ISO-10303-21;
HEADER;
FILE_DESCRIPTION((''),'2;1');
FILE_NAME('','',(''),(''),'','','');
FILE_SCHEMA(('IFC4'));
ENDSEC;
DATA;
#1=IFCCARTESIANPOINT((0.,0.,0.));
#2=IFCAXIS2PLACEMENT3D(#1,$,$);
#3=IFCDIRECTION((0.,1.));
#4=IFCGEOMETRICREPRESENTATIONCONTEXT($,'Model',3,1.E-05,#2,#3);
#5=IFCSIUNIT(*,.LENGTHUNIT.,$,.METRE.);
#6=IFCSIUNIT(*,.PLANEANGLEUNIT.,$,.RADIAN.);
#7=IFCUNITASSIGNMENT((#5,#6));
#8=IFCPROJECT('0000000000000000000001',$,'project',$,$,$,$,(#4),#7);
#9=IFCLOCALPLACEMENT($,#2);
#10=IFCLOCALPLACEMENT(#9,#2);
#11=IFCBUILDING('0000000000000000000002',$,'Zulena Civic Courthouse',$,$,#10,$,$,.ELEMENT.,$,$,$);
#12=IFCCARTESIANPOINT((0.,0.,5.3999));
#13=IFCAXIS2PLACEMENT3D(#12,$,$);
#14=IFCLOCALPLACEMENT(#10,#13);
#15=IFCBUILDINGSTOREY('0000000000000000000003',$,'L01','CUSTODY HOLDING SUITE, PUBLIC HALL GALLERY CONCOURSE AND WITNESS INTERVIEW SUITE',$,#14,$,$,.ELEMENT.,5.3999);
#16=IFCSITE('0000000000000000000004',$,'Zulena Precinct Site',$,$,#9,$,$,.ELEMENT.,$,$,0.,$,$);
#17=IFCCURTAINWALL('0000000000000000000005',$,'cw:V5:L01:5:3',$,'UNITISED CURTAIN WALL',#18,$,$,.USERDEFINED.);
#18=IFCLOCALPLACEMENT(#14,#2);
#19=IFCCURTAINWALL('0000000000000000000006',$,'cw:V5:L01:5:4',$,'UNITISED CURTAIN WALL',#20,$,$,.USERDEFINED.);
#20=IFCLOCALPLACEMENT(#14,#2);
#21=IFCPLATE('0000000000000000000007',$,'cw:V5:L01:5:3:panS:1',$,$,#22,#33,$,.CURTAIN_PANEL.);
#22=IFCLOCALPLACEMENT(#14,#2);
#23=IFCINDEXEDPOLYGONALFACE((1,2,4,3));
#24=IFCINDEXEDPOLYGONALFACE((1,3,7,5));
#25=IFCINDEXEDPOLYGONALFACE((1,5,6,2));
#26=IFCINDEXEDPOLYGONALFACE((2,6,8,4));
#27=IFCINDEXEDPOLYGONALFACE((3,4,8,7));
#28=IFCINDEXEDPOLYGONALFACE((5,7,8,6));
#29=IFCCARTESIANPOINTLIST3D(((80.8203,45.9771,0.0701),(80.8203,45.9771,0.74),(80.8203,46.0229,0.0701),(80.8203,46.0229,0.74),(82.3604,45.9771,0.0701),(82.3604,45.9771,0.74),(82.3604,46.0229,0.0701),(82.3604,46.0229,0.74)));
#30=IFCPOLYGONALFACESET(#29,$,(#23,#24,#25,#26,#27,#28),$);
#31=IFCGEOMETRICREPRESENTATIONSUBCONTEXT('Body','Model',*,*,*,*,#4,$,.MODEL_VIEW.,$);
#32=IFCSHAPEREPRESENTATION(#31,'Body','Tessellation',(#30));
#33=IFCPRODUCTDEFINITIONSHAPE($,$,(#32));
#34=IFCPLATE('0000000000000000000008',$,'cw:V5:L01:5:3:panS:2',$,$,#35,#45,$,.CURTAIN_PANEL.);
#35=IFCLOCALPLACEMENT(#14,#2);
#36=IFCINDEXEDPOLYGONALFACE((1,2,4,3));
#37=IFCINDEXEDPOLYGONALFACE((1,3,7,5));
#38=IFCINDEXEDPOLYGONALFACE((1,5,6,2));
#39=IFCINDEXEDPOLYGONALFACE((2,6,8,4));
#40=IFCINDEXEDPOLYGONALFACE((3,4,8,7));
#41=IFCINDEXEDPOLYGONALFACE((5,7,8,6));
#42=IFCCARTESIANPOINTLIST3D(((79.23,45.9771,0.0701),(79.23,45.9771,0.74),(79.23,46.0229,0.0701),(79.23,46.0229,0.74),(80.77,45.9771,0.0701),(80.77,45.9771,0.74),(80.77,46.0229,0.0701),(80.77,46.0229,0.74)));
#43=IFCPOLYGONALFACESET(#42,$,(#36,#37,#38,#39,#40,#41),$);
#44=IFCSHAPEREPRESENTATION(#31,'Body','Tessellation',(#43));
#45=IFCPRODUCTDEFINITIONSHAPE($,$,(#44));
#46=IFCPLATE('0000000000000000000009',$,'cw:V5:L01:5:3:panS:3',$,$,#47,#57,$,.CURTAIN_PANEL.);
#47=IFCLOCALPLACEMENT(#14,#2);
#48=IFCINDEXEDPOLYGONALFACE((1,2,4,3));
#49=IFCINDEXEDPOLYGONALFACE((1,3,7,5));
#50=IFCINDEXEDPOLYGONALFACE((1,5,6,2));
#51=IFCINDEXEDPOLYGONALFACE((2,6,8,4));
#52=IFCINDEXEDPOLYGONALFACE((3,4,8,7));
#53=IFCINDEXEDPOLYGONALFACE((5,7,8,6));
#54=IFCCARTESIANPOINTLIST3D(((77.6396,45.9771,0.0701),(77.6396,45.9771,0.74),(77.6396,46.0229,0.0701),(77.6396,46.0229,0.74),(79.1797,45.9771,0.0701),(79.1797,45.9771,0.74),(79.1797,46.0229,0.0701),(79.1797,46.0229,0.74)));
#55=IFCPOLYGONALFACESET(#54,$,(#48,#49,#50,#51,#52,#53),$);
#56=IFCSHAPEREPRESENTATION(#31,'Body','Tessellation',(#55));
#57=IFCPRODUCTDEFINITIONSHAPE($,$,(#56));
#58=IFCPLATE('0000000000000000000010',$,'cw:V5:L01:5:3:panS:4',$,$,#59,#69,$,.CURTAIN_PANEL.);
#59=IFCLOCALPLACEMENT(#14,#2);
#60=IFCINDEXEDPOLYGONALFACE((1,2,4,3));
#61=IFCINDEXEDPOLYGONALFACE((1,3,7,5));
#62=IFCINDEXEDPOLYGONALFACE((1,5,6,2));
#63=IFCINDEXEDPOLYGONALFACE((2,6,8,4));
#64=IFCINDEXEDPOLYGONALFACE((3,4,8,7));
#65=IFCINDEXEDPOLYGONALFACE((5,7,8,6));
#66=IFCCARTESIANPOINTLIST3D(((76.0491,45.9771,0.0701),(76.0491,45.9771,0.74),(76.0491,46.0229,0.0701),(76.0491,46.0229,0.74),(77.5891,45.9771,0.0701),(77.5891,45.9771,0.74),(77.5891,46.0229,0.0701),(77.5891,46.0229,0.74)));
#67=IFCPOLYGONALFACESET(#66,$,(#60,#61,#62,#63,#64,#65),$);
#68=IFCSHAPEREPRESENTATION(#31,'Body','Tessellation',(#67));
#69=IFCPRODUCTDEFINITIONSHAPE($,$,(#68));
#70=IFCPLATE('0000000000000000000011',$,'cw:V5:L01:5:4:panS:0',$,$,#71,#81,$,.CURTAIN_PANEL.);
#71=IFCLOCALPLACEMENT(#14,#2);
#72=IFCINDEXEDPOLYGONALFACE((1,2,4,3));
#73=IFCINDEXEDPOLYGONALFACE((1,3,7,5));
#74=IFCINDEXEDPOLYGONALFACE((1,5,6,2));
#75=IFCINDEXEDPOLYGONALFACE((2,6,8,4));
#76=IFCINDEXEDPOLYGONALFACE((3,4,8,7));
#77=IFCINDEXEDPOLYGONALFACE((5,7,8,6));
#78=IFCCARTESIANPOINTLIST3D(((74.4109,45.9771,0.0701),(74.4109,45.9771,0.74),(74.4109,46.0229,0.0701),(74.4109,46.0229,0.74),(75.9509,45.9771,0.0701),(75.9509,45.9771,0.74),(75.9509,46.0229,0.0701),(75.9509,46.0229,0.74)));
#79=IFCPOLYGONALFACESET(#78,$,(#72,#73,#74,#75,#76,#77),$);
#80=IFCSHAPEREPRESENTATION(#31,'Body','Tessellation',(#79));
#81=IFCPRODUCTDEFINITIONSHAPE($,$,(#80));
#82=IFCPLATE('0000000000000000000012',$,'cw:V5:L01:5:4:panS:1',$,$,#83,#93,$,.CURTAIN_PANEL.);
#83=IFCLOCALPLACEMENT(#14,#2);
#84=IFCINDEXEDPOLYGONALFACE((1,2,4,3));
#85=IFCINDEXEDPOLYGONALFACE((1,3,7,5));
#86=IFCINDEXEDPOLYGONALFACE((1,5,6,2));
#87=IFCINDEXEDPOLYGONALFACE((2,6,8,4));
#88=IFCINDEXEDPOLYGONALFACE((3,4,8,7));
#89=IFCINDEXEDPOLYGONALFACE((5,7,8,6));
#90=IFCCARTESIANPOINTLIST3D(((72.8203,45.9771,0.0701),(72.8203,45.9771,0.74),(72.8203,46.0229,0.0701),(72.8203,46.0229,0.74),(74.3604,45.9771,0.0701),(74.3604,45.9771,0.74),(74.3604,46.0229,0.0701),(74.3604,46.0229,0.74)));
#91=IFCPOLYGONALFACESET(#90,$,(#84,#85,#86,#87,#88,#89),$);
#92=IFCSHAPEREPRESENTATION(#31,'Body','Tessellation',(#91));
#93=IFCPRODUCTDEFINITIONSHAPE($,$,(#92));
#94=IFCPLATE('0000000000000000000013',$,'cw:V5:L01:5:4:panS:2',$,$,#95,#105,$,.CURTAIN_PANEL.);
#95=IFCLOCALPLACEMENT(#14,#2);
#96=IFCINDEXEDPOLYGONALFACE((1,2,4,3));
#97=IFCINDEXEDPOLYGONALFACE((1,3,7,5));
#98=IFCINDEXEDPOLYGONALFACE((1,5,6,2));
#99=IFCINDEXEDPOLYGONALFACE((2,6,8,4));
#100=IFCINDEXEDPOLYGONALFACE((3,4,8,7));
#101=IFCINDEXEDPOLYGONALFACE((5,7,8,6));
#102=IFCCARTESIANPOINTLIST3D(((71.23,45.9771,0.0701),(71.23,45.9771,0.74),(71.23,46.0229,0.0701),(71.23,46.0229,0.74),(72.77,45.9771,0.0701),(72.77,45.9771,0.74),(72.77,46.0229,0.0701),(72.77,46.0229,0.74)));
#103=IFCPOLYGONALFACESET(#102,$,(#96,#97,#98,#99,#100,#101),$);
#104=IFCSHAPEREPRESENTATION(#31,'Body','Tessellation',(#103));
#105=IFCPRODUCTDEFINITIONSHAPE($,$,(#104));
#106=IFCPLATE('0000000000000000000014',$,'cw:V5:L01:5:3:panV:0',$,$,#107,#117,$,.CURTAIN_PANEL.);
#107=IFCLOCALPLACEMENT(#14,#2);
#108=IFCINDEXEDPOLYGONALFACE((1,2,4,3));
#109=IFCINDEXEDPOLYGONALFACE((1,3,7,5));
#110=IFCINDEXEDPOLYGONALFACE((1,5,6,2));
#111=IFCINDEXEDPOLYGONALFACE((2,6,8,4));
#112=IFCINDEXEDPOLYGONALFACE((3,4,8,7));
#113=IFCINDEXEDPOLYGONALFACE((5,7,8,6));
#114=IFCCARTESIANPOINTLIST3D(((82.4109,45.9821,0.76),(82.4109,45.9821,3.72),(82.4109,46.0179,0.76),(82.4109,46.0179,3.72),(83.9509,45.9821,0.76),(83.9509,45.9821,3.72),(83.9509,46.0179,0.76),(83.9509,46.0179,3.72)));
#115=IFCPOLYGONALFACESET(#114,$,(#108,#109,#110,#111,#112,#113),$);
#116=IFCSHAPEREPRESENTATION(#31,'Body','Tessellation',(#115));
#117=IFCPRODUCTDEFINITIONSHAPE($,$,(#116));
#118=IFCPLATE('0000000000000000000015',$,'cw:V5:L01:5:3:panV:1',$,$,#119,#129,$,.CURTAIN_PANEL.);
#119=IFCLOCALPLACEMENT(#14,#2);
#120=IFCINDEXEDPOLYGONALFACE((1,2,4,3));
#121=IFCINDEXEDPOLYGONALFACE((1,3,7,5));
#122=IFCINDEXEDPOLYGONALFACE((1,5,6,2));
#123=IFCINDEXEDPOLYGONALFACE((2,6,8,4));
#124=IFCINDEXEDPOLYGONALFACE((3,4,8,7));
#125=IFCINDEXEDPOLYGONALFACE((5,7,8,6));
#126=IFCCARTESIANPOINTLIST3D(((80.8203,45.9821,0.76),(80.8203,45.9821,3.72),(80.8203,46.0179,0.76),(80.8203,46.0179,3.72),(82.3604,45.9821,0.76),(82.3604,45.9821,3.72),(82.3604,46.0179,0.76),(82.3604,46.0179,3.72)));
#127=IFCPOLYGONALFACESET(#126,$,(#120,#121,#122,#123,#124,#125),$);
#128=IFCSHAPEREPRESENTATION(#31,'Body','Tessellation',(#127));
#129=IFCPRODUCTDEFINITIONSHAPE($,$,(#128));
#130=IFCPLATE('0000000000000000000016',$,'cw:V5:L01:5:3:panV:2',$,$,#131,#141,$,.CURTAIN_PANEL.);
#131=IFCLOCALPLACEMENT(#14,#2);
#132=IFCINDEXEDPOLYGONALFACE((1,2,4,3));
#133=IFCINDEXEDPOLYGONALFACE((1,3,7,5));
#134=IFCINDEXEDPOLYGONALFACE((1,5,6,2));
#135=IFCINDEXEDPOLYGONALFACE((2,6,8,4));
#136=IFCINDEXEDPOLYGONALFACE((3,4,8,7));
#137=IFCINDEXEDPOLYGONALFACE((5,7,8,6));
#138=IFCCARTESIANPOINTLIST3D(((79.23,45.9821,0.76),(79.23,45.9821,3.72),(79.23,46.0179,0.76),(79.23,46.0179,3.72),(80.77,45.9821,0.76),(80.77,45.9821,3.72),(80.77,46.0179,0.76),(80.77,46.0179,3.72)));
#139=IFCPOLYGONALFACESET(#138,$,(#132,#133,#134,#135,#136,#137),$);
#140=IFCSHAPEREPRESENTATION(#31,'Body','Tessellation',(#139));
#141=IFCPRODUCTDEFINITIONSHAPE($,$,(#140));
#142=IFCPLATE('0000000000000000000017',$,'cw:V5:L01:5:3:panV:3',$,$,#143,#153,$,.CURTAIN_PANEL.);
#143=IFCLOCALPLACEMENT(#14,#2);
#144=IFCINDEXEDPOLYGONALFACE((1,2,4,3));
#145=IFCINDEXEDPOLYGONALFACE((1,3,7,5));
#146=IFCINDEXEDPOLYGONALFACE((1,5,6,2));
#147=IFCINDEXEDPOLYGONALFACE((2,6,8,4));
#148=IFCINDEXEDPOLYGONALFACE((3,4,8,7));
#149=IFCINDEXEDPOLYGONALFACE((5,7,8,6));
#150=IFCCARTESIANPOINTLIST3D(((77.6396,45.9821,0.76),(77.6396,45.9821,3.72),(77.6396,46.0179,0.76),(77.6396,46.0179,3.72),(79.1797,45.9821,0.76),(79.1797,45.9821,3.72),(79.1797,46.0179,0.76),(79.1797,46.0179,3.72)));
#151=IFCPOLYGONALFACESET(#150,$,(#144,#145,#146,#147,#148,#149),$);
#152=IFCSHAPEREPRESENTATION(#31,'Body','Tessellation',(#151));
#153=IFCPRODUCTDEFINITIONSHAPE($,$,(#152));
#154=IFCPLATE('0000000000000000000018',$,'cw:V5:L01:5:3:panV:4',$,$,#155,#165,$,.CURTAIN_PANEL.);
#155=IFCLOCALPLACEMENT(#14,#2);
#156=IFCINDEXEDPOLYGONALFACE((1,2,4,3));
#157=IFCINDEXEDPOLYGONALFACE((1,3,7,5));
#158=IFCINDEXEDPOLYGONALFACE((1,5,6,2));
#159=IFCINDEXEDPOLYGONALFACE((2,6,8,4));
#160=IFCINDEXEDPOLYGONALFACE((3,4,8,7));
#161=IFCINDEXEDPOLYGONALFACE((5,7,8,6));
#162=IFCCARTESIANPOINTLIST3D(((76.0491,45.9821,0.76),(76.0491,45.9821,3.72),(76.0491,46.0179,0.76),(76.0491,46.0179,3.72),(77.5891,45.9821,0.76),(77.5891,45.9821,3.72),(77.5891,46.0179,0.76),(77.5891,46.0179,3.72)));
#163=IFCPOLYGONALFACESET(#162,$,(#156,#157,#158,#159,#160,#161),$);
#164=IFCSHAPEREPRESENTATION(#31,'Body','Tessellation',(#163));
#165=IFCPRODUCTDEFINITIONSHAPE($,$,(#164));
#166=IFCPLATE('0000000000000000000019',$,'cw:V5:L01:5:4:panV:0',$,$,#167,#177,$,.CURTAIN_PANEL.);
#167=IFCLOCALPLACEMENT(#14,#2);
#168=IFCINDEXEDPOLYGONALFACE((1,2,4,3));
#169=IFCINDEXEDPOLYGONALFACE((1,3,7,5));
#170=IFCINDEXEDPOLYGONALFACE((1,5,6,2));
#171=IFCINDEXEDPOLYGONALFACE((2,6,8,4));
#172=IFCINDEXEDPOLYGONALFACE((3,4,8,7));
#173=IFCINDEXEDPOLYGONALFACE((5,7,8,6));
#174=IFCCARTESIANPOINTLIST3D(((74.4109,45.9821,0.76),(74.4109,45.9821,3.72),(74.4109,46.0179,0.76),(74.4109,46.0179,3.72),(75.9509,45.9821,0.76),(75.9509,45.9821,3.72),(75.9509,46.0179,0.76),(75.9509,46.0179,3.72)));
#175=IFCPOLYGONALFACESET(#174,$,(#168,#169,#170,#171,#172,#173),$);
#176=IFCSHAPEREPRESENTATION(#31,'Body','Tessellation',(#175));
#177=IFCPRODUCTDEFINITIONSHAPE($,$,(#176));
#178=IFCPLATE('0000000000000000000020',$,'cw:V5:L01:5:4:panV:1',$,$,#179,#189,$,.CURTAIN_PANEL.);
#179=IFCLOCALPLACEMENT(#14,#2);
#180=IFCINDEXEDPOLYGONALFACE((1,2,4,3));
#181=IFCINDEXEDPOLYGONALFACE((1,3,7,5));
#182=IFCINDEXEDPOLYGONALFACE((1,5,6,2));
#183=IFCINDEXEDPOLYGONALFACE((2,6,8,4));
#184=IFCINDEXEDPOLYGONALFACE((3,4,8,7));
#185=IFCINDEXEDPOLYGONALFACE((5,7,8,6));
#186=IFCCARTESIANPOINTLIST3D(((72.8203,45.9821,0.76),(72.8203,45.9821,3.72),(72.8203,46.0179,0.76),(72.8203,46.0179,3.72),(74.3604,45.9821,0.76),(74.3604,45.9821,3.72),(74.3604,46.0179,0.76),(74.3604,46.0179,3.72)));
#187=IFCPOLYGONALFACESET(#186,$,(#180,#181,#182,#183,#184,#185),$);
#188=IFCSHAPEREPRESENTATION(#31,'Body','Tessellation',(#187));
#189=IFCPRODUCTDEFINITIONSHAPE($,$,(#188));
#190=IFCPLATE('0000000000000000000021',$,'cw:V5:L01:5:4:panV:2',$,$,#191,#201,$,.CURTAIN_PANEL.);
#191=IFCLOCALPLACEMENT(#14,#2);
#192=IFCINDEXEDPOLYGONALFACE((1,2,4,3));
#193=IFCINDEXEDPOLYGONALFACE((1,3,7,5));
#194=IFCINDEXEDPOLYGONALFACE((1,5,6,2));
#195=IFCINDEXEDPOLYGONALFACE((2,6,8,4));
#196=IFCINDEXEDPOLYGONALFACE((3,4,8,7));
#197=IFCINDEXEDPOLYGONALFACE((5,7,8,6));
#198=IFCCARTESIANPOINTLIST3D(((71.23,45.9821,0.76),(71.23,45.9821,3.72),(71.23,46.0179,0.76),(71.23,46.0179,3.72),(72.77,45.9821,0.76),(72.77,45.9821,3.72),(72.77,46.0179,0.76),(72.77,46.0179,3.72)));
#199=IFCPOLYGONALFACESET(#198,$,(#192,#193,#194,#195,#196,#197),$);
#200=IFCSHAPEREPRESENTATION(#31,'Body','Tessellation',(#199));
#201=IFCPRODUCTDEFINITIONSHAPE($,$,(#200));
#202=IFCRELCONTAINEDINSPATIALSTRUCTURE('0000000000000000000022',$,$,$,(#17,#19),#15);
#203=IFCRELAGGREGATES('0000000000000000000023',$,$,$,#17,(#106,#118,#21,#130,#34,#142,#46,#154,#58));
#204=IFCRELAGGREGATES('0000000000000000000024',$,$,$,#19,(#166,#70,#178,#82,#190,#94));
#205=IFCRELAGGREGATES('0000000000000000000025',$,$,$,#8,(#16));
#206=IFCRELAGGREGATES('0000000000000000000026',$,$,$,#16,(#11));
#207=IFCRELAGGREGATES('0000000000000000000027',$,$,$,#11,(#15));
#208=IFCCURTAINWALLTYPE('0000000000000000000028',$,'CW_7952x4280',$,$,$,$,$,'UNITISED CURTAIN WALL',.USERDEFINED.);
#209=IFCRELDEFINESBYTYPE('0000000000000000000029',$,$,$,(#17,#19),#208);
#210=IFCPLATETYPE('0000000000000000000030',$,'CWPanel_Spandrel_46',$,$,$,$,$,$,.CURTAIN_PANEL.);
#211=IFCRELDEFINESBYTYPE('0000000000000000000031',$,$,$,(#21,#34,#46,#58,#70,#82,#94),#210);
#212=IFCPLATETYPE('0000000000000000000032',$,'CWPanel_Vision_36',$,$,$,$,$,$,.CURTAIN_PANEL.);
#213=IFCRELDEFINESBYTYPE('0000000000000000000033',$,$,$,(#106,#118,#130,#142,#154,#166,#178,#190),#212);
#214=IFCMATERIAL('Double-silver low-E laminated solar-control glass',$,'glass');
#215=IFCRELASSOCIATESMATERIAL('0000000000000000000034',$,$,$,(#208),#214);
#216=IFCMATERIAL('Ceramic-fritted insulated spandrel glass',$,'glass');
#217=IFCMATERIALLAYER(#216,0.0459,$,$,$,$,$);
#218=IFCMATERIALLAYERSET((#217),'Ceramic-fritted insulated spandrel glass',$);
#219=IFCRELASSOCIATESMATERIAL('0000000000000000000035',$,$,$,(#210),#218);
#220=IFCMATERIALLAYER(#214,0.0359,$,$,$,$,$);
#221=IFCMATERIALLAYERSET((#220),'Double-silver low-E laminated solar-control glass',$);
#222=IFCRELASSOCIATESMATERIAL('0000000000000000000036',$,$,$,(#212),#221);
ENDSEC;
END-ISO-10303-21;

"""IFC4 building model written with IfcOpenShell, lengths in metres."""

from ifc_helpers import new_model, si_unit, direction, frame, origin, origin_2d, place, context, subcontext, project, spatial, rectangle, extrude, material, layer, layer_set, type_object, element, aggregate, save


model = new_model("IFC4")

# Units and contexts
model_context = context("Model", 3, precision=1e-05, world=origin(), true_north=direction((0.0, 1.0)))
body_context = subcontext(model_context, "Body", "Model", "MODEL_VIEW")
ifc_project = project(units=[si_unit("LENGTHUNIT", "METRE"), si_unit("PLANEANGLEUNIT", "RADIAN")], contexts=[model_context])

# Site, building, storey
site_placement = place(None, origin())
site = spatial("IfcSite", under=ifc_project, at=site_placement, Name="Zulena Precinct Site", CompositionType="ELEMENT", RefElevation=0.0)
building_placement = place(site_placement, origin())
building = spatial("IfcBuilding", under=site, at=building_placement, Name="Zulena Civic Courthouse", CompositionType="ELEMENT")
storey_placement = place(building_placement, frame((0.0, 0.0, 5.3999)))
storey = spatial("IfcBuildingStorey", under=building, at=storey_placement, Name="L01", Description="CUSTODY HOLDING SUITE, PUBLIC HALL GALLERY CONCOURSE AND WITNESS INTERVIEW SUITE", CompositionType="ELEMENT", Elevation=5.3999)

# Curtain walls
ifc_material_1 = material(Name="Double-silver low-E laminated solar-control glass", Category="glass")
curtain_wall_type = type_object("IfcCurtainWallType", Name="CW_7952x4280", ElementType="UNITISED CURTAIN WALL", PredefinedType="USERDEFINED", material=ifc_material_1)
curtain_wall_1_placement = place(storey_placement, origin())
curtain_wall_1 = element("IfcCurtainWall", 1, at=curtain_wall_1_placement, inside=storey, type_object=curtain_wall_type, Name="cw:V5:L01:5:3", ObjectType="UNITISED CURTAIN WALL", PredefinedType="USERDEFINED")
curtain_wall_2_placement = place(storey_placement, origin())
curtain_wall_2 = element("IfcCurtainWall", 2, at=curtain_wall_2_placement, inside=storey, type_object=curtain_wall_type, Name="cw:V5:L01:5:4", ObjectType="UNITISED CURTAIN WALL", PredefinedType="USERDEFINED")

# Plates
ifc_material_2 = material(Name="Ceramic-fritted insulated spandrel glass", Category="glass")
ifc_layer_1 = layer(ifc_material_2, 0.0459)
ifc_layer_set_1 = layer_set([ifc_layer_1], Name="Ceramic-fritted insulated spandrel glass")
plate_type_1 = type_object("IfcPlateType", Name="CWPanel_Spandrel_46", PredefinedType="CURTAIN_PANEL", material=ifc_layer_set_1)
plate_1_placement = place(storey_placement, frame((81.5903, 46.0, 0.0701), z_axis=(0.0, 0.0, 1.0), x_axis=(-1.0, 0.0, 0.0)))
plate_1 = element("IfcPlate", 3, at=plate_1_placement, type_object=plate_type_1, Name="cw:V5:L01:5:3:panS:1", PredefinedType="CURTAIN_PANEL", context=body_context, shape_type="SweptSolid", body=[
    extrude(rectangle(XDim=1.54, YDim=0.0459, at=origin_2d()), origin(), (0.0, 0.0, 1.0), 0.6699),
])
plate_2_placement = place(storey_placement, frame((80.0, 46.0, 0.0701), z_axis=(0.0, 0.0, 1.0), x_axis=(-1.0, 0.0, 0.0)))
plate_2 = element("IfcPlate", 4, at=plate_2_placement, type_object=plate_type_1, Name="cw:V5:L01:5:3:panS:2", PredefinedType="CURTAIN_PANEL", context=body_context, shape_type="SweptSolid", body=[
    extrude(rectangle(XDim=1.54, YDim=0.0459, at=origin_2d()), origin(), (0.0, 0.0, 1.0), 0.6699),
])
plate_3_placement = place(storey_placement, frame((78.4097, 46.0, 0.0701), z_axis=(0.0, 0.0, 1.0), x_axis=(-1.0, 0.0, 0.0)))
plate_3 = element("IfcPlate", 5, at=plate_3_placement, type_object=plate_type_1, Name="cw:V5:L01:5:3:panS:3", PredefinedType="CURTAIN_PANEL", context=body_context, shape_type="SweptSolid", body=[
    extrude(rectangle(XDim=1.54, YDim=0.0459, at=origin_2d()), origin(), (0.0, 0.0, 1.0), 0.6699),
])
plate_4_placement = place(storey_placement, frame((76.8191, 46.0, 0.0701), z_axis=(0.0, 0.0, 1.0), x_axis=(-1.0, 0.0, 0.0)))
plate_4 = element("IfcPlate", 6, at=plate_4_placement, type_object=plate_type_1, Name="cw:V5:L01:5:3:panS:4", PredefinedType="CURTAIN_PANEL", context=body_context, shape_type="SweptSolid", body=[
    extrude(rectangle(XDim=1.54, YDim=0.0459, at=origin_2d()), origin(), (0.0, 0.0, 1.0), 0.6699),
])
plate_5_placement = place(storey_placement, frame((75.1809, 46.0, 0.0701), z_axis=(0.0, 0.0, 1.0), x_axis=(-1.0, 0.0, 0.0)))
plate_5 = element("IfcPlate", 7, at=plate_5_placement, type_object=plate_type_1, Name="cw:V5:L01:5:4:panS:0", PredefinedType="CURTAIN_PANEL", context=body_context, shape_type="SweptSolid", body=[
    extrude(rectangle(XDim=1.54, YDim=0.0459, at=origin_2d()), origin(), (0.0, 0.0, 1.0), 0.6699),
])
plate_6_placement = place(storey_placement, frame((73.5903, 46.0, 0.0701), z_axis=(0.0, 0.0, 1.0), x_axis=(-1.0, 0.0, 0.0)))
plate_6 = element("IfcPlate", 8, at=plate_6_placement, type_object=plate_type_1, Name="cw:V5:L01:5:4:panS:1", PredefinedType="CURTAIN_PANEL", context=body_context, shape_type="SweptSolid", body=[
    extrude(rectangle(XDim=1.54, YDim=0.0459, at=origin_2d()), origin(), (0.0, 0.0, 1.0), 0.6699),
])
plate_7_placement = place(storey_placement, frame((72.0, 46.0, 0.0701), z_axis=(0.0, 0.0, 1.0), x_axis=(-1.0, 0.0, 0.0)))
plate_7 = element("IfcPlate", 9, at=plate_7_placement, type_object=plate_type_1, Name="cw:V5:L01:5:4:panS:2", PredefinedType="CURTAIN_PANEL", context=body_context, shape_type="SweptSolid", body=[
    extrude(rectangle(XDim=1.54, YDim=0.0459, at=origin_2d()), origin(), (0.0, 0.0, 1.0), 0.6699),
])
ifc_layer_2 = layer(ifc_material_1, 0.0359)
ifc_layer_set_2 = layer_set([ifc_layer_2], Name="Double-silver low-E laminated solar-control glass")
plate_type_2 = type_object("IfcPlateType", Name="CWPanel_Vision_36", PredefinedType="CURTAIN_PANEL", material=ifc_layer_set_2)
plate_8_placement = place(storey_placement, frame((83.1809, 46.0, 0.76), z_axis=(0.0, 0.0, 1.0), x_axis=(-1.0, 0.0, 0.0)))
plate_8 = element("IfcPlate", 10, at=plate_8_placement, type_object=plate_type_2, Name="cw:V5:L01:5:3:panV:0", PredefinedType="CURTAIN_PANEL", context=body_context, shape_type="SweptSolid", body=[
    extrude(rectangle(XDim=1.54, YDim=0.0359, at=origin_2d()), origin(), (0.0, 0.0, 1.0), 2.96),
])
plate_9_placement = place(storey_placement, frame((81.5903, 46.0, 0.76), z_axis=(0.0, 0.0, 1.0), x_axis=(-1.0, 0.0, 0.0)))
plate_9 = element("IfcPlate", 11, at=plate_9_placement, type_object=plate_type_2, Name="cw:V5:L01:5:3:panV:1", PredefinedType="CURTAIN_PANEL", context=body_context, shape_type="SweptSolid", body=[
    extrude(rectangle(XDim=1.54, YDim=0.0359, at=origin_2d()), origin(), (0.0, 0.0, 1.0), 2.96),
])
plate_10_placement = place(storey_placement, frame((80.0, 46.0, 0.76), z_axis=(0.0, 0.0, 1.0), x_axis=(-1.0, 0.0, 0.0)))
plate_10 = element("IfcPlate", 12, at=plate_10_placement, type_object=plate_type_2, Name="cw:V5:L01:5:3:panV:2", PredefinedType="CURTAIN_PANEL", context=body_context, shape_type="SweptSolid", body=[
    extrude(rectangle(XDim=1.54, YDim=0.0359, at=origin_2d()), origin(), (0.0, 0.0, 1.0), 2.96),
])
plate_11_placement = place(storey_placement, frame((78.4097, 46.0, 0.76), z_axis=(0.0, 0.0, 1.0), x_axis=(-1.0, 0.0, 0.0)))
plate_11 = element("IfcPlate", 13, at=plate_11_placement, type_object=plate_type_2, Name="cw:V5:L01:5:3:panV:3", PredefinedType="CURTAIN_PANEL", context=body_context, shape_type="SweptSolid", body=[
    extrude(rectangle(XDim=1.54, YDim=0.0359, at=origin_2d()), origin(), (0.0, 0.0, 1.0), 2.96),
])
plate_12_placement = place(storey_placement, frame((76.8191, 46.0, 0.76), z_axis=(0.0, 0.0, 1.0), x_axis=(-1.0, 0.0, 0.0)))
plate_12 = element("IfcPlate", 14, at=plate_12_placement, type_object=plate_type_2, Name="cw:V5:L01:5:3:panV:4", PredefinedType="CURTAIN_PANEL", context=body_context, shape_type="SweptSolid", body=[
    extrude(rectangle(XDim=1.54, YDim=0.0359, at=origin_2d()), origin(), (0.0, 0.0, 1.0), 2.96),
])
aggregate(curtain_wall_1, [plate_8, plate_9, plate_1, plate_10, plate_2, plate_11, plate_3, plate_12, plate_4])
plate_13_placement = place(storey_placement, frame((75.1809, 46.0, 0.76), z_axis=(0.0, 0.0, 1.0), x_axis=(-1.0, 0.0, 0.0)))
plate_13 = element("IfcPlate", 15, at=plate_13_placement, type_object=plate_type_2, Name="cw:V5:L01:5:4:panV:0", PredefinedType="CURTAIN_PANEL", context=body_context, shape_type="SweptSolid", body=[
    extrude(rectangle(XDim=1.54, YDim=0.0359, at=origin_2d()), origin(), (0.0, 0.0, 1.0), 2.96),
])
plate_14_placement = place(storey_placement, frame((73.5903, 46.0, 0.76), z_axis=(0.0, 0.0, 1.0), x_axis=(-1.0, 0.0, 0.0)))
plate_14 = element("IfcPlate", 16, at=plate_14_placement, type_object=plate_type_2, Name="cw:V5:L01:5:4:panV:1", PredefinedType="CURTAIN_PANEL", context=body_context, shape_type="SweptSolid", body=[
    extrude(rectangle(XDim=1.54, YDim=0.0359, at=origin_2d()), origin(), (0.0, 0.0, 1.0), 2.96),
])
plate_15_placement = place(storey_placement, frame((72.0, 46.0, 0.76), z_axis=(0.0, 0.0, 1.0), x_axis=(-1.0, 0.0, 0.0)))
plate_15 = element("IfcPlate", 17, at=plate_15_placement, type_object=plate_type_2, Name="cw:V5:L01:5:4:panV:2", PredefinedType="CURTAIN_PANEL", context=body_context, shape_type="SweptSolid", body=[
    extrude(rectangle(XDim=1.54, YDim=0.0359, at=origin_2d()), origin(), (0.0, 0.0, 1.0), 2.96),
])
aggregate(curtain_wall_2, [plate_13, plate_5, plate_14, plate_6, plate_15, plate_7])

save(model, "model.ifc")
